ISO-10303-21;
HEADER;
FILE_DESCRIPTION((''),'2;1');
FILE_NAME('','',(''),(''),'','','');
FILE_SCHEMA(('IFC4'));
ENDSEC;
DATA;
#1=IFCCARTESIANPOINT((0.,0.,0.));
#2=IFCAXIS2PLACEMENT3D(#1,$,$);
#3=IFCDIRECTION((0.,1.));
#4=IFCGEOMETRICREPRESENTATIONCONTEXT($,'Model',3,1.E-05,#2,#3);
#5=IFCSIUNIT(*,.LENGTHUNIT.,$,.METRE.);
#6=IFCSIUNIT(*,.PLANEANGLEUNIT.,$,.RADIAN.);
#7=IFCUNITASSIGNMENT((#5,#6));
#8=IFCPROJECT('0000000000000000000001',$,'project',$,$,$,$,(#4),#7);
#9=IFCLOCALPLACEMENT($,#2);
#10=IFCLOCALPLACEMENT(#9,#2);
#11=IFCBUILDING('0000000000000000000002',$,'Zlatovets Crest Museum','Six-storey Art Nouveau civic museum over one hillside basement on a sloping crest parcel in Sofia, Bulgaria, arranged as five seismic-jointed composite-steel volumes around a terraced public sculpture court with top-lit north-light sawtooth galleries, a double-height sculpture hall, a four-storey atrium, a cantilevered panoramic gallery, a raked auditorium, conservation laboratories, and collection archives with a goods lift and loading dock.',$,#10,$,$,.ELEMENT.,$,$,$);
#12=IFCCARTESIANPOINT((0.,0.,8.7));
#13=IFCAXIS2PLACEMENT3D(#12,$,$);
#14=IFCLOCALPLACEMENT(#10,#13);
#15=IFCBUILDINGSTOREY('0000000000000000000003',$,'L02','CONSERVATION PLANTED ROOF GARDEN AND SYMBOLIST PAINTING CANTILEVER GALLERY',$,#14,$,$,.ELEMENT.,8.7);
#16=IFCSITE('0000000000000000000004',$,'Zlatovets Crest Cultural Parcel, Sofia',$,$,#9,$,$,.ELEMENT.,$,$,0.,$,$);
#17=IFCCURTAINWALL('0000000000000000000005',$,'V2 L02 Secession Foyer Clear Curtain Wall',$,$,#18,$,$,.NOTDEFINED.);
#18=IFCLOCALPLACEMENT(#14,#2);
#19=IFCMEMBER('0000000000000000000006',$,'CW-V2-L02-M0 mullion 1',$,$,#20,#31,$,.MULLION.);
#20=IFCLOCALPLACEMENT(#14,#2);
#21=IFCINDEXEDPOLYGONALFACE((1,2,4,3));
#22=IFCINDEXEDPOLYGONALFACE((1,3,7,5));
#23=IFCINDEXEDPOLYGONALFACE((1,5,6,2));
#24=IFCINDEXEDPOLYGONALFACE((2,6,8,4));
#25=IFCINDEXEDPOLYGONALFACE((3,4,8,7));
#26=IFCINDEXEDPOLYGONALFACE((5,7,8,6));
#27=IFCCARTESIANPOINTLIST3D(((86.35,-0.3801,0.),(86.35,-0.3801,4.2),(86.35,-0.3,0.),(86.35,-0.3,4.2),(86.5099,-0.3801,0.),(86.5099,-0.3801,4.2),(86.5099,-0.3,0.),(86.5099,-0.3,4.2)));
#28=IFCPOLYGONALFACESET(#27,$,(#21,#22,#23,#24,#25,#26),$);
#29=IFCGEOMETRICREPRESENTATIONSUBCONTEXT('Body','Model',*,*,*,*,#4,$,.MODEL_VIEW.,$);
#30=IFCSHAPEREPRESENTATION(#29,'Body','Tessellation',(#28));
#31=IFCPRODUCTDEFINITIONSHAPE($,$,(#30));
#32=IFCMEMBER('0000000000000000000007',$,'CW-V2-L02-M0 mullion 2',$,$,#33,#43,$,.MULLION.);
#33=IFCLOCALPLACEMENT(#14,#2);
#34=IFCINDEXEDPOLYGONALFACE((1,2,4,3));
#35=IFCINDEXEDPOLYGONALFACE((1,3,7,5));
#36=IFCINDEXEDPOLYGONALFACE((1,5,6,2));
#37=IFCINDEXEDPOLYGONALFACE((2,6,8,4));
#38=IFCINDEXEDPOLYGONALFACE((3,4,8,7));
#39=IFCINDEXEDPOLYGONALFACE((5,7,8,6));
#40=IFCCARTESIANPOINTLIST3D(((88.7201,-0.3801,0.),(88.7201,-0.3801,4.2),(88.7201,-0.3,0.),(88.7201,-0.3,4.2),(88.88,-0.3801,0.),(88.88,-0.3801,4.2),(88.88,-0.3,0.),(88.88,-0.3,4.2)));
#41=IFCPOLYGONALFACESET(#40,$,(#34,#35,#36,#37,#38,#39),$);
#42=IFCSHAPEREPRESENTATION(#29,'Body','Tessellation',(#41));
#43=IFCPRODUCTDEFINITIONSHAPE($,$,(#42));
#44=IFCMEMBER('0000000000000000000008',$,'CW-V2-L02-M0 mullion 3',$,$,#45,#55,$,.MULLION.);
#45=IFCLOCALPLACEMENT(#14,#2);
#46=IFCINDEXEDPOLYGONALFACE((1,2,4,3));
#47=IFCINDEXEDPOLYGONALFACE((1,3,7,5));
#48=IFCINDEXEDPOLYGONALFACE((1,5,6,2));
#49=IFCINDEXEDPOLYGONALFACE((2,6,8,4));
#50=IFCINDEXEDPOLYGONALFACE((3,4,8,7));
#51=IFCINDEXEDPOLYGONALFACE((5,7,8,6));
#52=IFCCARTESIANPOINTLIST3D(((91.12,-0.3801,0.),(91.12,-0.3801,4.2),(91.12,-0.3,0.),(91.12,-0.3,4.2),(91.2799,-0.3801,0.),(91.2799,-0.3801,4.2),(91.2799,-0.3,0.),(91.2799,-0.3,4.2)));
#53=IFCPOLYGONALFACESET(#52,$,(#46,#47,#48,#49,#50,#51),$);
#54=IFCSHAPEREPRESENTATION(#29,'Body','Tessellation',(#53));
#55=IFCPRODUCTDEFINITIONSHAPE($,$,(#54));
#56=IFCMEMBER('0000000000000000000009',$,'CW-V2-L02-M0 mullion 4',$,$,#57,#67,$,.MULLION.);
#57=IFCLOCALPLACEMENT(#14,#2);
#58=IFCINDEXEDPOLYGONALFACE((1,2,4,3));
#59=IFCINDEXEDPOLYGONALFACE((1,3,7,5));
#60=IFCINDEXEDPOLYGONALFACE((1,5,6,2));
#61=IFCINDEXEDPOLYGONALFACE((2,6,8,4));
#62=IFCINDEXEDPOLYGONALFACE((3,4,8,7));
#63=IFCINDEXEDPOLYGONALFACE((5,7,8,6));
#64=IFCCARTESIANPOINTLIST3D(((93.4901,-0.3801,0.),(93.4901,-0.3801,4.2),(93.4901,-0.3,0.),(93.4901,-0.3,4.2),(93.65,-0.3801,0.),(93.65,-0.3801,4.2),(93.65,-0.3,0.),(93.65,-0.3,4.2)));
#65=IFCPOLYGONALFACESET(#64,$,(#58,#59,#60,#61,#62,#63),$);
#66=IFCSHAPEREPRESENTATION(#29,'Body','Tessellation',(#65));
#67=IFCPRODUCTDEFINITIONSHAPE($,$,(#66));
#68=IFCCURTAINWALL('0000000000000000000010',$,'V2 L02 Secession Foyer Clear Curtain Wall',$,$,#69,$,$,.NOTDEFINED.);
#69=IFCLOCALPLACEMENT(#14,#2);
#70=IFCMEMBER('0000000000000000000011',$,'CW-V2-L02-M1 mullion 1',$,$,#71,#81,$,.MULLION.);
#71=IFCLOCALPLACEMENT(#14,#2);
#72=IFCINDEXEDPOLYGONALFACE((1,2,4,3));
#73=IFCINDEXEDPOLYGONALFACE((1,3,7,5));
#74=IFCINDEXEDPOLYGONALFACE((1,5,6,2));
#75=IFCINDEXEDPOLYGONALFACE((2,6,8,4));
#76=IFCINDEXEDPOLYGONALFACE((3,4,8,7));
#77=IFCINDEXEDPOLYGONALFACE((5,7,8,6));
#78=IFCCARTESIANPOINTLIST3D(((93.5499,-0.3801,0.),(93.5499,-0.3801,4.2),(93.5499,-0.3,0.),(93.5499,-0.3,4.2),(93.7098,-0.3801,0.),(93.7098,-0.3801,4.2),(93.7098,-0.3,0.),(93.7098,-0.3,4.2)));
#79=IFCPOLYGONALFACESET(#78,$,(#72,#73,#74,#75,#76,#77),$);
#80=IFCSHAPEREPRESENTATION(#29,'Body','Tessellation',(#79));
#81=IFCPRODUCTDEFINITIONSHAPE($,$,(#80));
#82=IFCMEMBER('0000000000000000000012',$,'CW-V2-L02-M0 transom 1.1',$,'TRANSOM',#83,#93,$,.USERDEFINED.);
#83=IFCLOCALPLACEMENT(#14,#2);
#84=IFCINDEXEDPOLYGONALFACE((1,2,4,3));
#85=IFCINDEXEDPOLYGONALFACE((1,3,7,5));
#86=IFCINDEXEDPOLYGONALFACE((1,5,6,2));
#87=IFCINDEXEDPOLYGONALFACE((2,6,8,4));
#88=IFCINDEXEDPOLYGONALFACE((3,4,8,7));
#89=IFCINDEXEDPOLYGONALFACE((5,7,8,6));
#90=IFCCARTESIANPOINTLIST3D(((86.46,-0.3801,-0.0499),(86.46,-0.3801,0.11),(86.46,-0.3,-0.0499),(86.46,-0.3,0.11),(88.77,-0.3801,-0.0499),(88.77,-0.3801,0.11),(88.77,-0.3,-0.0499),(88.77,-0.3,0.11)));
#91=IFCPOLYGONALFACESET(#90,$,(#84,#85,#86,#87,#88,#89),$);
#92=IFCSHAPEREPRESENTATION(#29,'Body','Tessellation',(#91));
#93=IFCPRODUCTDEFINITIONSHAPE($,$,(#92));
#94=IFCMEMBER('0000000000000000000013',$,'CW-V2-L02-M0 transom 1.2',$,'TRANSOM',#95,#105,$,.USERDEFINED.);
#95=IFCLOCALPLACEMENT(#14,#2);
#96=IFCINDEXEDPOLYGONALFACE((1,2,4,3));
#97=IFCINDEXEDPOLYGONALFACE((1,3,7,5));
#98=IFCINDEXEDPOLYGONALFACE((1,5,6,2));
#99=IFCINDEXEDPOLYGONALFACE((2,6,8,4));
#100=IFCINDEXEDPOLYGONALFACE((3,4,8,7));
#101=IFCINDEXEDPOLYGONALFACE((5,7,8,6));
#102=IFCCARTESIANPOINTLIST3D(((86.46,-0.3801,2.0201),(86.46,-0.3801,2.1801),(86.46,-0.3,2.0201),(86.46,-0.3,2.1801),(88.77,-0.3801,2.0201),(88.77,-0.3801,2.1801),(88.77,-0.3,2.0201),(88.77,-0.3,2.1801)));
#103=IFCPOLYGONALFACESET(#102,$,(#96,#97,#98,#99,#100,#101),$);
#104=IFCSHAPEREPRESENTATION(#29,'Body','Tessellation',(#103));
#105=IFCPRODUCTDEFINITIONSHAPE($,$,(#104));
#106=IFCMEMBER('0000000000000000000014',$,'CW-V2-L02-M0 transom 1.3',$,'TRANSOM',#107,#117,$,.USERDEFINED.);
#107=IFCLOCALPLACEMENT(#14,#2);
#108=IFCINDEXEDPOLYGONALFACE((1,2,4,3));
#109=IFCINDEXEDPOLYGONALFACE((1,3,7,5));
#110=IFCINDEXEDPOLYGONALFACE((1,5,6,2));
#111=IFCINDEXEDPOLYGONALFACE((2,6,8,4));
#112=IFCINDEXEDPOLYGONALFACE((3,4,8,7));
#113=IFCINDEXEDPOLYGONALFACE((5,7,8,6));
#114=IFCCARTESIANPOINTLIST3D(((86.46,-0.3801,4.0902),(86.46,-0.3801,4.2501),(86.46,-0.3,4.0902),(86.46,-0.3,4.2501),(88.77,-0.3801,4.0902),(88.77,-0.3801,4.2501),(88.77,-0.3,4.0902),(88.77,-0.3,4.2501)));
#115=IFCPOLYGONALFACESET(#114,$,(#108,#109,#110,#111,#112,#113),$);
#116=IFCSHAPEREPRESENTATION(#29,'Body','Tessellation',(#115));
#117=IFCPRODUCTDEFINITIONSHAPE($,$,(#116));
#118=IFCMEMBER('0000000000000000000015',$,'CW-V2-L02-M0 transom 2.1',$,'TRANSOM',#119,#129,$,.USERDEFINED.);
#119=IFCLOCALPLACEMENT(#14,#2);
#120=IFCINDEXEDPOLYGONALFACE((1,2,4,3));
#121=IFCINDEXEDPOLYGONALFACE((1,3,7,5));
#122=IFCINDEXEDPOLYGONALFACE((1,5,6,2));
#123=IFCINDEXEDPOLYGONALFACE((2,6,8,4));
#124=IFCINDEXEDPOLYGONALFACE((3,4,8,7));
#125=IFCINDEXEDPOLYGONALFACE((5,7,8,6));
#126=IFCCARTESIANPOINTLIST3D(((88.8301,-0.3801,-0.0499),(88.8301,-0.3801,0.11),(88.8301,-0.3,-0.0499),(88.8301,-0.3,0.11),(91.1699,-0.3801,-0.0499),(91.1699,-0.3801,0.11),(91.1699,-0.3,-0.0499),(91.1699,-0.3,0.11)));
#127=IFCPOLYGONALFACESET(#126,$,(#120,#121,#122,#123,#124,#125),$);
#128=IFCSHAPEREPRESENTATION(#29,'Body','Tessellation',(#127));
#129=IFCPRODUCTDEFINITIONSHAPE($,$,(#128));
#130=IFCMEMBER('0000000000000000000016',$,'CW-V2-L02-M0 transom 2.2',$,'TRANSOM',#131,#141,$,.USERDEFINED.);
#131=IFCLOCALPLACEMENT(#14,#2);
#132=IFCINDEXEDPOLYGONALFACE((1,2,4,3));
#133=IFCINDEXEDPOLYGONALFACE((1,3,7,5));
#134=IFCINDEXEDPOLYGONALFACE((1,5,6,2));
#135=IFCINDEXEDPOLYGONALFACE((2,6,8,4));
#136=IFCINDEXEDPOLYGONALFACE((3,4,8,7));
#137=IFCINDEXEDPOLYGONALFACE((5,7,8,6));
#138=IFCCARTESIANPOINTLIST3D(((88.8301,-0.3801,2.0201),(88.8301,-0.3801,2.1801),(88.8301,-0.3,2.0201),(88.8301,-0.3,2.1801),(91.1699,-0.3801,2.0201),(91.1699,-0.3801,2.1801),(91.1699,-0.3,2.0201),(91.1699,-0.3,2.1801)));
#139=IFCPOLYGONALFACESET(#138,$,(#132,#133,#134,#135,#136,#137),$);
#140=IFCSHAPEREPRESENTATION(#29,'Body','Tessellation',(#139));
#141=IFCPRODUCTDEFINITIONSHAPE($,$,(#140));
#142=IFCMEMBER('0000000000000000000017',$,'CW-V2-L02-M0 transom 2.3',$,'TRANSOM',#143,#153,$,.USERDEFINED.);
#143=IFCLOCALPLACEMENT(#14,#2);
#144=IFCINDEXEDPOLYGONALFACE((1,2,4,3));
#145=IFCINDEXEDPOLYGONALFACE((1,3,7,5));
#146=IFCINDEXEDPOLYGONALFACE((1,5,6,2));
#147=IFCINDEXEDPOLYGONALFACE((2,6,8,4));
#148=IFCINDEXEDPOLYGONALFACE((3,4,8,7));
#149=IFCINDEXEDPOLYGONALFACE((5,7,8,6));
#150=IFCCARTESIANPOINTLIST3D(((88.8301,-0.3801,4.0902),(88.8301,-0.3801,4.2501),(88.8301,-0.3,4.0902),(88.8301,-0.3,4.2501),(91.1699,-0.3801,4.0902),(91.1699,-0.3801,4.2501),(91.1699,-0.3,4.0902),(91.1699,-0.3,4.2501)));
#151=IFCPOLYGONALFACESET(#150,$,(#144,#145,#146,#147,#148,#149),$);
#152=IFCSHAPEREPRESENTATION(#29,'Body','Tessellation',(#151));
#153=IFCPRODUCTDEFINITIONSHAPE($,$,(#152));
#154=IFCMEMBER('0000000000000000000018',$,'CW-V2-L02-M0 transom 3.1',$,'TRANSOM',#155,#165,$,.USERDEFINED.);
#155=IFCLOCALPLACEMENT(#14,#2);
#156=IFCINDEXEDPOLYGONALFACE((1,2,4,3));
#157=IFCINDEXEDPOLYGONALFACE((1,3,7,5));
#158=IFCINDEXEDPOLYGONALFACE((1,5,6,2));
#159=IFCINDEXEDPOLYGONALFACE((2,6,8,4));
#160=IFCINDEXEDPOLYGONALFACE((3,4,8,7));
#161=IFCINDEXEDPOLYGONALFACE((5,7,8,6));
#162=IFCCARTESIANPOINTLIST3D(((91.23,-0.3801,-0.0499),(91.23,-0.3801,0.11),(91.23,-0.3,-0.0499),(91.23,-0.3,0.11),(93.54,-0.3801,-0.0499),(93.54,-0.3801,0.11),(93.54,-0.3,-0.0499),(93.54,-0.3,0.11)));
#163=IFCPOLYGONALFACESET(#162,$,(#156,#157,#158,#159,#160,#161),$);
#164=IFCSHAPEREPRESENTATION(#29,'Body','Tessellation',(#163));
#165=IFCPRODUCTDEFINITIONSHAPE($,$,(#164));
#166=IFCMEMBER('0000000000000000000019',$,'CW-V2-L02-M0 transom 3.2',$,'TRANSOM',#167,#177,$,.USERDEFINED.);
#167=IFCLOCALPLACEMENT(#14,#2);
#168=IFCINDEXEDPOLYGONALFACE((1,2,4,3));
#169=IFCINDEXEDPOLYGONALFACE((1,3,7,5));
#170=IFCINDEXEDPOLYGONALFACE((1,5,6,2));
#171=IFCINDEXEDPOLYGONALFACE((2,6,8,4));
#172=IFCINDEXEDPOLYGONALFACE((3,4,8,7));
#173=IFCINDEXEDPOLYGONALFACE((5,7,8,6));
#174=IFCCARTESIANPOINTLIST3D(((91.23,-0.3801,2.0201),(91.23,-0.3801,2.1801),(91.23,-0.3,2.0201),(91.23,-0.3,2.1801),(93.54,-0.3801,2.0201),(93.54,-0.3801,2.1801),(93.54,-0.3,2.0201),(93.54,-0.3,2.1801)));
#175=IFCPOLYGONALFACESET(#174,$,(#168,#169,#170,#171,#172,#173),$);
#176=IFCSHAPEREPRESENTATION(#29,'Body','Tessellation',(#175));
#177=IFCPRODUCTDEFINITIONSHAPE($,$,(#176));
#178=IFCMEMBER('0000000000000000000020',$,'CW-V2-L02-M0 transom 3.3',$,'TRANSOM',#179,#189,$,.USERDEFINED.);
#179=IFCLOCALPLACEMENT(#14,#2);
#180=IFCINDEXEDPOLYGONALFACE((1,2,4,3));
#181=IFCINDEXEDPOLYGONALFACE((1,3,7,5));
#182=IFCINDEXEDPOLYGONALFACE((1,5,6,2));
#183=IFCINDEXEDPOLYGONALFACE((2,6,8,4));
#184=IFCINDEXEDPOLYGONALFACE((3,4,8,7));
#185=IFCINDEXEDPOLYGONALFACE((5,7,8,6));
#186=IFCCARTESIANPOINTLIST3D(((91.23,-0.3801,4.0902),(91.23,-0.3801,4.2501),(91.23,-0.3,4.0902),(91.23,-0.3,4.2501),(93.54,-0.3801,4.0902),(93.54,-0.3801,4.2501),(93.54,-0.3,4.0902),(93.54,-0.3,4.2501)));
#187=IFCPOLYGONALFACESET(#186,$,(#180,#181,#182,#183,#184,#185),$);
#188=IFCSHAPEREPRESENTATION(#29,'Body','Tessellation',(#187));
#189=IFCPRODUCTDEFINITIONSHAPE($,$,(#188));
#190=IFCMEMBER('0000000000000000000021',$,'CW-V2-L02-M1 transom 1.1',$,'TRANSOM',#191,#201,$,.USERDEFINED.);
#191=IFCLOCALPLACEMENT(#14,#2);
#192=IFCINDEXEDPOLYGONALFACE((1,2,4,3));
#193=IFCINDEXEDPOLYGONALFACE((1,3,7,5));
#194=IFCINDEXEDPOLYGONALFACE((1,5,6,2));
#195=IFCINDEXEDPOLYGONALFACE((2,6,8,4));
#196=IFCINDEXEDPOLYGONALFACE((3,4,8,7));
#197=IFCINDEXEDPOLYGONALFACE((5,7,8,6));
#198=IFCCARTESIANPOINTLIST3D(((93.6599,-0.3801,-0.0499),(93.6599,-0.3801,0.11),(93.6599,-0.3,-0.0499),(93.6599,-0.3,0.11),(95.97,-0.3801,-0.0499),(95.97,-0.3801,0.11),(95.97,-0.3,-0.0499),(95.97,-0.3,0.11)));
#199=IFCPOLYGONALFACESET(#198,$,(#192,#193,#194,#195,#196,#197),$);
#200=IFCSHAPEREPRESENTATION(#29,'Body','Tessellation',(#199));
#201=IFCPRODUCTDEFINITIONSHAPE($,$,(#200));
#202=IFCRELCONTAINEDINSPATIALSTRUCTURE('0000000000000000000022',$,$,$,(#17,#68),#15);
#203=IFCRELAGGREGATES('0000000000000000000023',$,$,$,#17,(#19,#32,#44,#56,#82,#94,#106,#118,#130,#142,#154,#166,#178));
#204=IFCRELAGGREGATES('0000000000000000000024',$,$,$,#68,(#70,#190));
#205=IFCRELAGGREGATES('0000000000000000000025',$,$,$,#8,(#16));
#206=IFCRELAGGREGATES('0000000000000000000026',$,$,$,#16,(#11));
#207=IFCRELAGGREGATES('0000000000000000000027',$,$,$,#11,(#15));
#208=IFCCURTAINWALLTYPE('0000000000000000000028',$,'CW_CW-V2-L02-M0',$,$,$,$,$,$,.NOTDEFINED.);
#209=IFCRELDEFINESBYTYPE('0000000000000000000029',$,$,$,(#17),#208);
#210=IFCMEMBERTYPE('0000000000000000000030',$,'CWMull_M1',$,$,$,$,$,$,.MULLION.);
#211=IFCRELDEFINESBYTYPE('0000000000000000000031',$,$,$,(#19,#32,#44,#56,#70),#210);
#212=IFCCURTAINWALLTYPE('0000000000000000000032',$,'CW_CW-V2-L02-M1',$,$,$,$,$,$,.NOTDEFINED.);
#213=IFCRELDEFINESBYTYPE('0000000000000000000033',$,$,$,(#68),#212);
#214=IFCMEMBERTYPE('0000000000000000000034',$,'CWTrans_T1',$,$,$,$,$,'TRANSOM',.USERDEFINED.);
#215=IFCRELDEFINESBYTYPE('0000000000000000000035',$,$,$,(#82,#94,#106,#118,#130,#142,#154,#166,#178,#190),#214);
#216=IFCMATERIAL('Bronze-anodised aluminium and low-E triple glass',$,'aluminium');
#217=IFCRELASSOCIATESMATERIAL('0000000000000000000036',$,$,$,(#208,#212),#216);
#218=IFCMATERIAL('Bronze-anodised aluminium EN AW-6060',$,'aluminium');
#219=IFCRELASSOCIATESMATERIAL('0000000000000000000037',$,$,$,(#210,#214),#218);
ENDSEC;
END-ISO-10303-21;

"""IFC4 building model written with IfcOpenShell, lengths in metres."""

from ifc_helpers import new_model, si_unit, direction, frame, origin, origin_2d, place, context, subcontext, project, spatial, rectangle, extrude, material, material_profile, profile_set, type_object, element, aggregate, save


model = new_model("IFC4")

# Units and contexts
model_context = context("Model", 3, precision=1e-05, world=origin(), true_north=direction((0.0, 1.0)))
body_context = subcontext(model_context, "Body", "Model", "MODEL_VIEW")
ifc_project = project(units=[si_unit("LENGTHUNIT", "METRE"), si_unit("PLANEANGLEUNIT", "RADIAN")], contexts=[model_context])

# Site, building, storey
site_placement = place(None, origin())
site = spatial("IfcSite", under=ifc_project, at=site_placement, Name="Zlatovets Crest Cultural Parcel, Sofia", CompositionType="ELEMENT", RefElevation=0.0)
building_placement = place(site_placement, origin())
building = spatial("IfcBuilding", under=site, at=building_placement, Name="Zlatovets Crest Museum", Description="Six-storey Art Nouveau civic museum over one hillside basement on a sloping crest parcel in Sofia, Bulgaria, arranged as five seismic-jointed composite-steel volumes around a terraced public sculpture court with top-lit north-light sawtooth galleries, a double-height sculpture hall, a four-storey atrium, a cantilevered panoramic gallery, a raked auditorium, conservation laboratories, and collection archives with a goods lift and loading dock.", CompositionType="ELEMENT")
storey_placement = place(building_placement, frame((0.0, 0.0, 8.7)))
storey = spatial("IfcBuildingStorey", under=building, at=storey_placement, Name="L02", Description="CONSERVATION PLANTED ROOF GARDEN AND SYMBOLIST PAINTING CANTILEVER GALLERY", CompositionType="ELEMENT", Elevation=8.7)

# Curtain wall, members
ifc_material_1 = material(Name="Bronze-anodised aluminium and low-E triple glass", Category="aluminium")
curtain_wall_type_1 = type_object("IfcCurtainWallType", Name="CW_CW-V2-L02-M0", PredefinedType="NOTDEFINED", material=ifc_material_1)
curtain_wall_1_placement = place(storey_placement, origin())
curtain_wall_1 = element("IfcCurtainWall", 1, at=curtain_wall_1_placement, inside=storey, type_object=curtain_wall_type_1, Name="V2 L02 Secession Foyer Clear Curtain Wall", PredefinedType="NOTDEFINED")
ifc_material_2 = material(Name="Bronze-anodised aluminium EN AW-6060", Category="aluminium")
ifc_material_profile_1 = material_profile(ifc_material_2, rectangle(XDim=0.0801, YDim=0.1599, at=origin_2d()), Name="ALU 80x160")
ifc_profile_set_1 = profile_set([ifc_material_profile_1], Name="Bronze-anodised aluminium EN AW-6060")
member_type_1 = type_object("IfcMemberType", Name="CWMull_M1", PredefinedType="MULLION", material=ifc_profile_set_1)
member_1_placement = place(storey_placement, frame((86.4299, -0.3401, 0.0), z_axis=(0.0, 0.0, 1.0), x_axis=(0.0, 1.0, 0.0)))
member_1 = element("IfcMember", 2, at=member_1_placement, type_object=member_type_1, Name="CW-V2-L02-M0 mullion 1", PredefinedType="MULLION", context=body_context, shape_type="SweptSolid", body=[
    extrude(rectangle(XDim=0.0801, YDim=0.1599, at=origin_2d()), origin(), (0.0, 0.0, 1.0), 4.2),
])
member_2_placement = place(storey_placement, frame((88.8, -0.3401, 0.0), z_axis=(0.0, 0.0, 1.0), x_axis=(0.0, 1.0, 0.0)))
member_2 = element("IfcMember", 3, at=member_2_placement, type_object=member_type_1, Name="CW-V2-L02-M0 mullion 2", PredefinedType="MULLION", context=body_context, shape_type="SweptSolid", body=[
    extrude(rectangle(XDim=0.0801, YDim=0.1599, at=origin_2d()), origin(), (0.0, 0.0, 1.0), 4.2),
])
member_3_placement = place(storey_placement, frame((91.2, -0.3401, 0.0), z_axis=(0.0, 0.0, 1.0), x_axis=(0.0, 1.0, 0.0)))
member_3 = element("IfcMember", 4, at=member_3_placement, type_object=member_type_1, Name="CW-V2-L02-M0 mullion 3", PredefinedType="MULLION", context=body_context, shape_type="SweptSolid", body=[
    extrude(rectangle(XDim=0.0801, YDim=0.1599, at=origin_2d()), origin(), (0.0, 0.0, 1.0), 4.2),
])
member_4_placement = place(storey_placement, frame((93.5701, -0.3401, 0.0), z_axis=(0.0, 0.0, 1.0), x_axis=(0.0, 1.0, 0.0)))
member_4 = element("IfcMember", 5, at=member_4_placement, type_object=member_type_1, Name="CW-V2-L02-M0 mullion 4", PredefinedType="MULLION", context=body_context, shape_type="SweptSolid", body=[
    extrude(rectangle(XDim=0.0801, YDim=0.1599, at=origin_2d()), origin(), (0.0, 0.0, 1.0), 4.2),
])

# Curtain wall, member
curtain_wall_type_2 = type_object("IfcCurtainWallType", Name="CW_CW-V2-L02-M1", PredefinedType="NOTDEFINED", material=ifc_material_1)
curtain_wall_2_placement = place(storey_placement, origin())
curtain_wall_2 = element("IfcCurtainWall", 6, at=curtain_wall_2_placement, inside=storey, type_object=curtain_wall_type_2, Name="V2 L02 Secession Foyer Clear Curtain Wall", PredefinedType="NOTDEFINED")
member_5_placement = place(storey_placement, frame((93.6299, -0.3401, 0.0), z_axis=(0.0, 0.0, 1.0), x_axis=(0.0, 1.0, 0.0)))
member_5 = element("IfcMember", 7, at=member_5_placement, type_object=member_type_1, Name="CW-V2-L02-M1 mullion 1", PredefinedType="MULLION", context=body_context, shape_type="SweptSolid", body=[
    extrude(rectangle(XDim=0.0801, YDim=0.1599, at=origin_2d()), origin(), (0.0, 0.0, 1.0), 4.2),
])

# Members
ifc_material_profile_2 = material_profile(ifc_material_2, rectangle(XDim=0.0801, YDim=0.1599, at=origin_2d()), Name="ALU 80x160")
ifc_profile_set_2 = profile_set([ifc_material_profile_2], Name="Bronze-anodised aluminium EN AW-6060")
member_type_2 = type_object("IfcMemberType", Name="CWTrans_T1", ElementType="TRANSOM", PredefinedType="USERDEFINED", material=ifc_profile_set_2)
member_6_placement = place(storey_placement, frame((86.46, -0.3401, 0.03), z_axis=(1.0, 0.0, 0.0), x_axis=(0.0, 1.0, 0.0)))
member_6 = element("IfcMember", 8, at=member_6_placement, type_object=member_type_2, Name="CW-V2-L02-M0 transom 1.1", ObjectType="TRANSOM", PredefinedType="USERDEFINED", context=body_context, shape_type="SweptSolid", body=[
    extrude(rectangle(XDim=0.0801, YDim=0.1599, at=origin_2d()), origin(), (0.0, 0.0, 1.0), 2.3101),
])
member_7_placement = place(storey_placement, frame((86.46, -0.3401, 2.1001), z_axis=(1.0, 0.0, 0.0), x_axis=(0.0, 1.0, 0.0)))
member_7 = element("IfcMember", 9, at=member_7_placement, type_object=member_type_2, Name="CW-V2-L02-M0 transom 1.2", ObjectType="TRANSOM", PredefinedType="USERDEFINED", context=body_context, shape_type="SweptSolid", body=[
    extrude(rectangle(XDim=0.0801, YDim=0.1599, at=origin_2d()), origin(), (0.0, 0.0, 1.0), 2.3101),
])
member_8_placement = place(storey_placement, frame((86.46, -0.3401, 4.1702), z_axis=(1.0, 0.0, 0.0), x_axis=(0.0, 1.0, 0.0)))
member_8 = element("IfcMember", 10, at=member_8_placement, type_object=member_type_2, Name="CW-V2-L02-M0 transom 1.3", ObjectType="TRANSOM", PredefinedType="USERDEFINED", context=body_context, shape_type="SweptSolid", body=[
    extrude(rectangle(XDim=0.0801, YDim=0.1599, at=origin_2d()), origin(), (0.0, 0.0, 1.0), 2.3101),
])
member_9_placement = place(storey_placement, frame((88.8301, -0.3401, 0.03), z_axis=(1.0, 0.0, 0.0), x_axis=(0.0, 1.0, 0.0)))
member_9 = element("IfcMember", 11, at=member_9_placement, type_object=member_type_2, Name="CW-V2-L02-M0 transom 2.1", ObjectType="TRANSOM", PredefinedType="USERDEFINED", context=body_context, shape_type="SweptSolid", body=[
    extrude(rectangle(XDim=0.0801, YDim=0.1599, at=origin_2d()), origin(), (0.0, 0.0, 1.0), 2.3398),
])
member_10_placement = place(storey_placement, frame((88.8301, -0.3401, 2.1001), z_axis=(1.0, 0.0, 0.0), x_axis=(0.0, 1.0, 0.0)))
member_10 = element("IfcMember", 12, at=member_10_placement, type_object=member_type_2, Name="CW-V2-L02-M0 transom 2.2", ObjectType="TRANSOM", PredefinedType="USERDEFINED", context=body_context, shape_type="SweptSolid", body=[
    extrude(rectangle(XDim=0.0801, YDim=0.1599, at=origin_2d()), origin(), (0.0, 0.0, 1.0), 2.3398),
])
member_11_placement = place(storey_placement, frame((88.8301, -0.3401, 4.1702), z_axis=(1.0, 0.0, 0.0), x_axis=(0.0, 1.0, 0.0)))
member_11 = element("IfcMember", 13, at=member_11_placement, type_object=member_type_2, Name="CW-V2-L02-M0 transom 2.3", ObjectType="TRANSOM", PredefinedType="USERDEFINED", context=body_context, shape_type="SweptSolid", body=[
    extrude(rectangle(XDim=0.0801, YDim=0.1599, at=origin_2d()), origin(), (0.0, 0.0, 1.0), 2.3398),
])
member_12_placement = place(storey_placement, frame((91.23, -0.3401, 0.03), z_axis=(1.0, 0.0, 0.0), x_axis=(0.0, 1.0, 0.0)))
member_12 = element("IfcMember", 14, at=member_12_placement, type_object=member_type_2, Name="CW-V2-L02-M0 transom 3.1", ObjectType="TRANSOM", PredefinedType="USERDEFINED", context=body_context, shape_type="SweptSolid", body=[
    extrude(rectangle(XDim=0.0801, YDim=0.1599, at=origin_2d()), origin(), (0.0, 0.0, 1.0), 2.3101),
])
member_13_placement = place(storey_placement, frame((91.23, -0.3401, 2.1001), z_axis=(1.0, 0.0, 0.0), x_axis=(0.0, 1.0, 0.0)))
member_13 = element("IfcMember", 15, at=member_13_placement, type_object=member_type_2, Name="CW-V2-L02-M0 transom 3.2", ObjectType="TRANSOM", PredefinedType="USERDEFINED", context=body_context, shape_type="SweptSolid", body=[
    extrude(rectangle(XDim=0.0801, YDim=0.1599, at=origin_2d()), origin(), (0.0, 0.0, 1.0), 2.3101),
])
member_14_placement = place(storey_placement, frame((91.23, -0.3401, 4.1702), z_axis=(1.0, 0.0, 0.0), x_axis=(0.0, 1.0, 0.0)))
member_14 = element("IfcMember", 16, at=member_14_placement, type_object=member_type_2, Name="CW-V2-L02-M0 transom 3.3", ObjectType="TRANSOM", PredefinedType="USERDEFINED", context=body_context, shape_type="SweptSolid", body=[
    extrude(rectangle(XDim=0.0801, YDim=0.1599, at=origin_2d()), origin(), (0.0, 0.0, 1.0), 2.3101),
])
member_15_placement = place(storey_placement, frame((93.6599, -0.3401, 0.03), z_axis=(1.0, 0.0, 0.0), x_axis=(0.0, 1.0, 0.0)))
member_15 = element("IfcMember", 17, at=member_15_placement, type_object=member_type_2, Name="CW-V2-L02-M1 transom 1.1", ObjectType="TRANSOM", PredefinedType="USERDEFINED", context=body_context, shape_type="SweptSolid", body=[
    extrude(rectangle(XDim=0.0801, YDim=0.1599, at=origin_2d()), origin(), (0.0, 0.0, 1.0), 2.3101),
])

aggregate(curtain_wall_1, [member_1, member_2, member_3, member_4, member_6, member_7, member_8, member_9, member_10, member_11, member_12, member_13, member_14])
aggregate(curtain_wall_2, [member_5, member_15])

save(model, "model.ifc")
